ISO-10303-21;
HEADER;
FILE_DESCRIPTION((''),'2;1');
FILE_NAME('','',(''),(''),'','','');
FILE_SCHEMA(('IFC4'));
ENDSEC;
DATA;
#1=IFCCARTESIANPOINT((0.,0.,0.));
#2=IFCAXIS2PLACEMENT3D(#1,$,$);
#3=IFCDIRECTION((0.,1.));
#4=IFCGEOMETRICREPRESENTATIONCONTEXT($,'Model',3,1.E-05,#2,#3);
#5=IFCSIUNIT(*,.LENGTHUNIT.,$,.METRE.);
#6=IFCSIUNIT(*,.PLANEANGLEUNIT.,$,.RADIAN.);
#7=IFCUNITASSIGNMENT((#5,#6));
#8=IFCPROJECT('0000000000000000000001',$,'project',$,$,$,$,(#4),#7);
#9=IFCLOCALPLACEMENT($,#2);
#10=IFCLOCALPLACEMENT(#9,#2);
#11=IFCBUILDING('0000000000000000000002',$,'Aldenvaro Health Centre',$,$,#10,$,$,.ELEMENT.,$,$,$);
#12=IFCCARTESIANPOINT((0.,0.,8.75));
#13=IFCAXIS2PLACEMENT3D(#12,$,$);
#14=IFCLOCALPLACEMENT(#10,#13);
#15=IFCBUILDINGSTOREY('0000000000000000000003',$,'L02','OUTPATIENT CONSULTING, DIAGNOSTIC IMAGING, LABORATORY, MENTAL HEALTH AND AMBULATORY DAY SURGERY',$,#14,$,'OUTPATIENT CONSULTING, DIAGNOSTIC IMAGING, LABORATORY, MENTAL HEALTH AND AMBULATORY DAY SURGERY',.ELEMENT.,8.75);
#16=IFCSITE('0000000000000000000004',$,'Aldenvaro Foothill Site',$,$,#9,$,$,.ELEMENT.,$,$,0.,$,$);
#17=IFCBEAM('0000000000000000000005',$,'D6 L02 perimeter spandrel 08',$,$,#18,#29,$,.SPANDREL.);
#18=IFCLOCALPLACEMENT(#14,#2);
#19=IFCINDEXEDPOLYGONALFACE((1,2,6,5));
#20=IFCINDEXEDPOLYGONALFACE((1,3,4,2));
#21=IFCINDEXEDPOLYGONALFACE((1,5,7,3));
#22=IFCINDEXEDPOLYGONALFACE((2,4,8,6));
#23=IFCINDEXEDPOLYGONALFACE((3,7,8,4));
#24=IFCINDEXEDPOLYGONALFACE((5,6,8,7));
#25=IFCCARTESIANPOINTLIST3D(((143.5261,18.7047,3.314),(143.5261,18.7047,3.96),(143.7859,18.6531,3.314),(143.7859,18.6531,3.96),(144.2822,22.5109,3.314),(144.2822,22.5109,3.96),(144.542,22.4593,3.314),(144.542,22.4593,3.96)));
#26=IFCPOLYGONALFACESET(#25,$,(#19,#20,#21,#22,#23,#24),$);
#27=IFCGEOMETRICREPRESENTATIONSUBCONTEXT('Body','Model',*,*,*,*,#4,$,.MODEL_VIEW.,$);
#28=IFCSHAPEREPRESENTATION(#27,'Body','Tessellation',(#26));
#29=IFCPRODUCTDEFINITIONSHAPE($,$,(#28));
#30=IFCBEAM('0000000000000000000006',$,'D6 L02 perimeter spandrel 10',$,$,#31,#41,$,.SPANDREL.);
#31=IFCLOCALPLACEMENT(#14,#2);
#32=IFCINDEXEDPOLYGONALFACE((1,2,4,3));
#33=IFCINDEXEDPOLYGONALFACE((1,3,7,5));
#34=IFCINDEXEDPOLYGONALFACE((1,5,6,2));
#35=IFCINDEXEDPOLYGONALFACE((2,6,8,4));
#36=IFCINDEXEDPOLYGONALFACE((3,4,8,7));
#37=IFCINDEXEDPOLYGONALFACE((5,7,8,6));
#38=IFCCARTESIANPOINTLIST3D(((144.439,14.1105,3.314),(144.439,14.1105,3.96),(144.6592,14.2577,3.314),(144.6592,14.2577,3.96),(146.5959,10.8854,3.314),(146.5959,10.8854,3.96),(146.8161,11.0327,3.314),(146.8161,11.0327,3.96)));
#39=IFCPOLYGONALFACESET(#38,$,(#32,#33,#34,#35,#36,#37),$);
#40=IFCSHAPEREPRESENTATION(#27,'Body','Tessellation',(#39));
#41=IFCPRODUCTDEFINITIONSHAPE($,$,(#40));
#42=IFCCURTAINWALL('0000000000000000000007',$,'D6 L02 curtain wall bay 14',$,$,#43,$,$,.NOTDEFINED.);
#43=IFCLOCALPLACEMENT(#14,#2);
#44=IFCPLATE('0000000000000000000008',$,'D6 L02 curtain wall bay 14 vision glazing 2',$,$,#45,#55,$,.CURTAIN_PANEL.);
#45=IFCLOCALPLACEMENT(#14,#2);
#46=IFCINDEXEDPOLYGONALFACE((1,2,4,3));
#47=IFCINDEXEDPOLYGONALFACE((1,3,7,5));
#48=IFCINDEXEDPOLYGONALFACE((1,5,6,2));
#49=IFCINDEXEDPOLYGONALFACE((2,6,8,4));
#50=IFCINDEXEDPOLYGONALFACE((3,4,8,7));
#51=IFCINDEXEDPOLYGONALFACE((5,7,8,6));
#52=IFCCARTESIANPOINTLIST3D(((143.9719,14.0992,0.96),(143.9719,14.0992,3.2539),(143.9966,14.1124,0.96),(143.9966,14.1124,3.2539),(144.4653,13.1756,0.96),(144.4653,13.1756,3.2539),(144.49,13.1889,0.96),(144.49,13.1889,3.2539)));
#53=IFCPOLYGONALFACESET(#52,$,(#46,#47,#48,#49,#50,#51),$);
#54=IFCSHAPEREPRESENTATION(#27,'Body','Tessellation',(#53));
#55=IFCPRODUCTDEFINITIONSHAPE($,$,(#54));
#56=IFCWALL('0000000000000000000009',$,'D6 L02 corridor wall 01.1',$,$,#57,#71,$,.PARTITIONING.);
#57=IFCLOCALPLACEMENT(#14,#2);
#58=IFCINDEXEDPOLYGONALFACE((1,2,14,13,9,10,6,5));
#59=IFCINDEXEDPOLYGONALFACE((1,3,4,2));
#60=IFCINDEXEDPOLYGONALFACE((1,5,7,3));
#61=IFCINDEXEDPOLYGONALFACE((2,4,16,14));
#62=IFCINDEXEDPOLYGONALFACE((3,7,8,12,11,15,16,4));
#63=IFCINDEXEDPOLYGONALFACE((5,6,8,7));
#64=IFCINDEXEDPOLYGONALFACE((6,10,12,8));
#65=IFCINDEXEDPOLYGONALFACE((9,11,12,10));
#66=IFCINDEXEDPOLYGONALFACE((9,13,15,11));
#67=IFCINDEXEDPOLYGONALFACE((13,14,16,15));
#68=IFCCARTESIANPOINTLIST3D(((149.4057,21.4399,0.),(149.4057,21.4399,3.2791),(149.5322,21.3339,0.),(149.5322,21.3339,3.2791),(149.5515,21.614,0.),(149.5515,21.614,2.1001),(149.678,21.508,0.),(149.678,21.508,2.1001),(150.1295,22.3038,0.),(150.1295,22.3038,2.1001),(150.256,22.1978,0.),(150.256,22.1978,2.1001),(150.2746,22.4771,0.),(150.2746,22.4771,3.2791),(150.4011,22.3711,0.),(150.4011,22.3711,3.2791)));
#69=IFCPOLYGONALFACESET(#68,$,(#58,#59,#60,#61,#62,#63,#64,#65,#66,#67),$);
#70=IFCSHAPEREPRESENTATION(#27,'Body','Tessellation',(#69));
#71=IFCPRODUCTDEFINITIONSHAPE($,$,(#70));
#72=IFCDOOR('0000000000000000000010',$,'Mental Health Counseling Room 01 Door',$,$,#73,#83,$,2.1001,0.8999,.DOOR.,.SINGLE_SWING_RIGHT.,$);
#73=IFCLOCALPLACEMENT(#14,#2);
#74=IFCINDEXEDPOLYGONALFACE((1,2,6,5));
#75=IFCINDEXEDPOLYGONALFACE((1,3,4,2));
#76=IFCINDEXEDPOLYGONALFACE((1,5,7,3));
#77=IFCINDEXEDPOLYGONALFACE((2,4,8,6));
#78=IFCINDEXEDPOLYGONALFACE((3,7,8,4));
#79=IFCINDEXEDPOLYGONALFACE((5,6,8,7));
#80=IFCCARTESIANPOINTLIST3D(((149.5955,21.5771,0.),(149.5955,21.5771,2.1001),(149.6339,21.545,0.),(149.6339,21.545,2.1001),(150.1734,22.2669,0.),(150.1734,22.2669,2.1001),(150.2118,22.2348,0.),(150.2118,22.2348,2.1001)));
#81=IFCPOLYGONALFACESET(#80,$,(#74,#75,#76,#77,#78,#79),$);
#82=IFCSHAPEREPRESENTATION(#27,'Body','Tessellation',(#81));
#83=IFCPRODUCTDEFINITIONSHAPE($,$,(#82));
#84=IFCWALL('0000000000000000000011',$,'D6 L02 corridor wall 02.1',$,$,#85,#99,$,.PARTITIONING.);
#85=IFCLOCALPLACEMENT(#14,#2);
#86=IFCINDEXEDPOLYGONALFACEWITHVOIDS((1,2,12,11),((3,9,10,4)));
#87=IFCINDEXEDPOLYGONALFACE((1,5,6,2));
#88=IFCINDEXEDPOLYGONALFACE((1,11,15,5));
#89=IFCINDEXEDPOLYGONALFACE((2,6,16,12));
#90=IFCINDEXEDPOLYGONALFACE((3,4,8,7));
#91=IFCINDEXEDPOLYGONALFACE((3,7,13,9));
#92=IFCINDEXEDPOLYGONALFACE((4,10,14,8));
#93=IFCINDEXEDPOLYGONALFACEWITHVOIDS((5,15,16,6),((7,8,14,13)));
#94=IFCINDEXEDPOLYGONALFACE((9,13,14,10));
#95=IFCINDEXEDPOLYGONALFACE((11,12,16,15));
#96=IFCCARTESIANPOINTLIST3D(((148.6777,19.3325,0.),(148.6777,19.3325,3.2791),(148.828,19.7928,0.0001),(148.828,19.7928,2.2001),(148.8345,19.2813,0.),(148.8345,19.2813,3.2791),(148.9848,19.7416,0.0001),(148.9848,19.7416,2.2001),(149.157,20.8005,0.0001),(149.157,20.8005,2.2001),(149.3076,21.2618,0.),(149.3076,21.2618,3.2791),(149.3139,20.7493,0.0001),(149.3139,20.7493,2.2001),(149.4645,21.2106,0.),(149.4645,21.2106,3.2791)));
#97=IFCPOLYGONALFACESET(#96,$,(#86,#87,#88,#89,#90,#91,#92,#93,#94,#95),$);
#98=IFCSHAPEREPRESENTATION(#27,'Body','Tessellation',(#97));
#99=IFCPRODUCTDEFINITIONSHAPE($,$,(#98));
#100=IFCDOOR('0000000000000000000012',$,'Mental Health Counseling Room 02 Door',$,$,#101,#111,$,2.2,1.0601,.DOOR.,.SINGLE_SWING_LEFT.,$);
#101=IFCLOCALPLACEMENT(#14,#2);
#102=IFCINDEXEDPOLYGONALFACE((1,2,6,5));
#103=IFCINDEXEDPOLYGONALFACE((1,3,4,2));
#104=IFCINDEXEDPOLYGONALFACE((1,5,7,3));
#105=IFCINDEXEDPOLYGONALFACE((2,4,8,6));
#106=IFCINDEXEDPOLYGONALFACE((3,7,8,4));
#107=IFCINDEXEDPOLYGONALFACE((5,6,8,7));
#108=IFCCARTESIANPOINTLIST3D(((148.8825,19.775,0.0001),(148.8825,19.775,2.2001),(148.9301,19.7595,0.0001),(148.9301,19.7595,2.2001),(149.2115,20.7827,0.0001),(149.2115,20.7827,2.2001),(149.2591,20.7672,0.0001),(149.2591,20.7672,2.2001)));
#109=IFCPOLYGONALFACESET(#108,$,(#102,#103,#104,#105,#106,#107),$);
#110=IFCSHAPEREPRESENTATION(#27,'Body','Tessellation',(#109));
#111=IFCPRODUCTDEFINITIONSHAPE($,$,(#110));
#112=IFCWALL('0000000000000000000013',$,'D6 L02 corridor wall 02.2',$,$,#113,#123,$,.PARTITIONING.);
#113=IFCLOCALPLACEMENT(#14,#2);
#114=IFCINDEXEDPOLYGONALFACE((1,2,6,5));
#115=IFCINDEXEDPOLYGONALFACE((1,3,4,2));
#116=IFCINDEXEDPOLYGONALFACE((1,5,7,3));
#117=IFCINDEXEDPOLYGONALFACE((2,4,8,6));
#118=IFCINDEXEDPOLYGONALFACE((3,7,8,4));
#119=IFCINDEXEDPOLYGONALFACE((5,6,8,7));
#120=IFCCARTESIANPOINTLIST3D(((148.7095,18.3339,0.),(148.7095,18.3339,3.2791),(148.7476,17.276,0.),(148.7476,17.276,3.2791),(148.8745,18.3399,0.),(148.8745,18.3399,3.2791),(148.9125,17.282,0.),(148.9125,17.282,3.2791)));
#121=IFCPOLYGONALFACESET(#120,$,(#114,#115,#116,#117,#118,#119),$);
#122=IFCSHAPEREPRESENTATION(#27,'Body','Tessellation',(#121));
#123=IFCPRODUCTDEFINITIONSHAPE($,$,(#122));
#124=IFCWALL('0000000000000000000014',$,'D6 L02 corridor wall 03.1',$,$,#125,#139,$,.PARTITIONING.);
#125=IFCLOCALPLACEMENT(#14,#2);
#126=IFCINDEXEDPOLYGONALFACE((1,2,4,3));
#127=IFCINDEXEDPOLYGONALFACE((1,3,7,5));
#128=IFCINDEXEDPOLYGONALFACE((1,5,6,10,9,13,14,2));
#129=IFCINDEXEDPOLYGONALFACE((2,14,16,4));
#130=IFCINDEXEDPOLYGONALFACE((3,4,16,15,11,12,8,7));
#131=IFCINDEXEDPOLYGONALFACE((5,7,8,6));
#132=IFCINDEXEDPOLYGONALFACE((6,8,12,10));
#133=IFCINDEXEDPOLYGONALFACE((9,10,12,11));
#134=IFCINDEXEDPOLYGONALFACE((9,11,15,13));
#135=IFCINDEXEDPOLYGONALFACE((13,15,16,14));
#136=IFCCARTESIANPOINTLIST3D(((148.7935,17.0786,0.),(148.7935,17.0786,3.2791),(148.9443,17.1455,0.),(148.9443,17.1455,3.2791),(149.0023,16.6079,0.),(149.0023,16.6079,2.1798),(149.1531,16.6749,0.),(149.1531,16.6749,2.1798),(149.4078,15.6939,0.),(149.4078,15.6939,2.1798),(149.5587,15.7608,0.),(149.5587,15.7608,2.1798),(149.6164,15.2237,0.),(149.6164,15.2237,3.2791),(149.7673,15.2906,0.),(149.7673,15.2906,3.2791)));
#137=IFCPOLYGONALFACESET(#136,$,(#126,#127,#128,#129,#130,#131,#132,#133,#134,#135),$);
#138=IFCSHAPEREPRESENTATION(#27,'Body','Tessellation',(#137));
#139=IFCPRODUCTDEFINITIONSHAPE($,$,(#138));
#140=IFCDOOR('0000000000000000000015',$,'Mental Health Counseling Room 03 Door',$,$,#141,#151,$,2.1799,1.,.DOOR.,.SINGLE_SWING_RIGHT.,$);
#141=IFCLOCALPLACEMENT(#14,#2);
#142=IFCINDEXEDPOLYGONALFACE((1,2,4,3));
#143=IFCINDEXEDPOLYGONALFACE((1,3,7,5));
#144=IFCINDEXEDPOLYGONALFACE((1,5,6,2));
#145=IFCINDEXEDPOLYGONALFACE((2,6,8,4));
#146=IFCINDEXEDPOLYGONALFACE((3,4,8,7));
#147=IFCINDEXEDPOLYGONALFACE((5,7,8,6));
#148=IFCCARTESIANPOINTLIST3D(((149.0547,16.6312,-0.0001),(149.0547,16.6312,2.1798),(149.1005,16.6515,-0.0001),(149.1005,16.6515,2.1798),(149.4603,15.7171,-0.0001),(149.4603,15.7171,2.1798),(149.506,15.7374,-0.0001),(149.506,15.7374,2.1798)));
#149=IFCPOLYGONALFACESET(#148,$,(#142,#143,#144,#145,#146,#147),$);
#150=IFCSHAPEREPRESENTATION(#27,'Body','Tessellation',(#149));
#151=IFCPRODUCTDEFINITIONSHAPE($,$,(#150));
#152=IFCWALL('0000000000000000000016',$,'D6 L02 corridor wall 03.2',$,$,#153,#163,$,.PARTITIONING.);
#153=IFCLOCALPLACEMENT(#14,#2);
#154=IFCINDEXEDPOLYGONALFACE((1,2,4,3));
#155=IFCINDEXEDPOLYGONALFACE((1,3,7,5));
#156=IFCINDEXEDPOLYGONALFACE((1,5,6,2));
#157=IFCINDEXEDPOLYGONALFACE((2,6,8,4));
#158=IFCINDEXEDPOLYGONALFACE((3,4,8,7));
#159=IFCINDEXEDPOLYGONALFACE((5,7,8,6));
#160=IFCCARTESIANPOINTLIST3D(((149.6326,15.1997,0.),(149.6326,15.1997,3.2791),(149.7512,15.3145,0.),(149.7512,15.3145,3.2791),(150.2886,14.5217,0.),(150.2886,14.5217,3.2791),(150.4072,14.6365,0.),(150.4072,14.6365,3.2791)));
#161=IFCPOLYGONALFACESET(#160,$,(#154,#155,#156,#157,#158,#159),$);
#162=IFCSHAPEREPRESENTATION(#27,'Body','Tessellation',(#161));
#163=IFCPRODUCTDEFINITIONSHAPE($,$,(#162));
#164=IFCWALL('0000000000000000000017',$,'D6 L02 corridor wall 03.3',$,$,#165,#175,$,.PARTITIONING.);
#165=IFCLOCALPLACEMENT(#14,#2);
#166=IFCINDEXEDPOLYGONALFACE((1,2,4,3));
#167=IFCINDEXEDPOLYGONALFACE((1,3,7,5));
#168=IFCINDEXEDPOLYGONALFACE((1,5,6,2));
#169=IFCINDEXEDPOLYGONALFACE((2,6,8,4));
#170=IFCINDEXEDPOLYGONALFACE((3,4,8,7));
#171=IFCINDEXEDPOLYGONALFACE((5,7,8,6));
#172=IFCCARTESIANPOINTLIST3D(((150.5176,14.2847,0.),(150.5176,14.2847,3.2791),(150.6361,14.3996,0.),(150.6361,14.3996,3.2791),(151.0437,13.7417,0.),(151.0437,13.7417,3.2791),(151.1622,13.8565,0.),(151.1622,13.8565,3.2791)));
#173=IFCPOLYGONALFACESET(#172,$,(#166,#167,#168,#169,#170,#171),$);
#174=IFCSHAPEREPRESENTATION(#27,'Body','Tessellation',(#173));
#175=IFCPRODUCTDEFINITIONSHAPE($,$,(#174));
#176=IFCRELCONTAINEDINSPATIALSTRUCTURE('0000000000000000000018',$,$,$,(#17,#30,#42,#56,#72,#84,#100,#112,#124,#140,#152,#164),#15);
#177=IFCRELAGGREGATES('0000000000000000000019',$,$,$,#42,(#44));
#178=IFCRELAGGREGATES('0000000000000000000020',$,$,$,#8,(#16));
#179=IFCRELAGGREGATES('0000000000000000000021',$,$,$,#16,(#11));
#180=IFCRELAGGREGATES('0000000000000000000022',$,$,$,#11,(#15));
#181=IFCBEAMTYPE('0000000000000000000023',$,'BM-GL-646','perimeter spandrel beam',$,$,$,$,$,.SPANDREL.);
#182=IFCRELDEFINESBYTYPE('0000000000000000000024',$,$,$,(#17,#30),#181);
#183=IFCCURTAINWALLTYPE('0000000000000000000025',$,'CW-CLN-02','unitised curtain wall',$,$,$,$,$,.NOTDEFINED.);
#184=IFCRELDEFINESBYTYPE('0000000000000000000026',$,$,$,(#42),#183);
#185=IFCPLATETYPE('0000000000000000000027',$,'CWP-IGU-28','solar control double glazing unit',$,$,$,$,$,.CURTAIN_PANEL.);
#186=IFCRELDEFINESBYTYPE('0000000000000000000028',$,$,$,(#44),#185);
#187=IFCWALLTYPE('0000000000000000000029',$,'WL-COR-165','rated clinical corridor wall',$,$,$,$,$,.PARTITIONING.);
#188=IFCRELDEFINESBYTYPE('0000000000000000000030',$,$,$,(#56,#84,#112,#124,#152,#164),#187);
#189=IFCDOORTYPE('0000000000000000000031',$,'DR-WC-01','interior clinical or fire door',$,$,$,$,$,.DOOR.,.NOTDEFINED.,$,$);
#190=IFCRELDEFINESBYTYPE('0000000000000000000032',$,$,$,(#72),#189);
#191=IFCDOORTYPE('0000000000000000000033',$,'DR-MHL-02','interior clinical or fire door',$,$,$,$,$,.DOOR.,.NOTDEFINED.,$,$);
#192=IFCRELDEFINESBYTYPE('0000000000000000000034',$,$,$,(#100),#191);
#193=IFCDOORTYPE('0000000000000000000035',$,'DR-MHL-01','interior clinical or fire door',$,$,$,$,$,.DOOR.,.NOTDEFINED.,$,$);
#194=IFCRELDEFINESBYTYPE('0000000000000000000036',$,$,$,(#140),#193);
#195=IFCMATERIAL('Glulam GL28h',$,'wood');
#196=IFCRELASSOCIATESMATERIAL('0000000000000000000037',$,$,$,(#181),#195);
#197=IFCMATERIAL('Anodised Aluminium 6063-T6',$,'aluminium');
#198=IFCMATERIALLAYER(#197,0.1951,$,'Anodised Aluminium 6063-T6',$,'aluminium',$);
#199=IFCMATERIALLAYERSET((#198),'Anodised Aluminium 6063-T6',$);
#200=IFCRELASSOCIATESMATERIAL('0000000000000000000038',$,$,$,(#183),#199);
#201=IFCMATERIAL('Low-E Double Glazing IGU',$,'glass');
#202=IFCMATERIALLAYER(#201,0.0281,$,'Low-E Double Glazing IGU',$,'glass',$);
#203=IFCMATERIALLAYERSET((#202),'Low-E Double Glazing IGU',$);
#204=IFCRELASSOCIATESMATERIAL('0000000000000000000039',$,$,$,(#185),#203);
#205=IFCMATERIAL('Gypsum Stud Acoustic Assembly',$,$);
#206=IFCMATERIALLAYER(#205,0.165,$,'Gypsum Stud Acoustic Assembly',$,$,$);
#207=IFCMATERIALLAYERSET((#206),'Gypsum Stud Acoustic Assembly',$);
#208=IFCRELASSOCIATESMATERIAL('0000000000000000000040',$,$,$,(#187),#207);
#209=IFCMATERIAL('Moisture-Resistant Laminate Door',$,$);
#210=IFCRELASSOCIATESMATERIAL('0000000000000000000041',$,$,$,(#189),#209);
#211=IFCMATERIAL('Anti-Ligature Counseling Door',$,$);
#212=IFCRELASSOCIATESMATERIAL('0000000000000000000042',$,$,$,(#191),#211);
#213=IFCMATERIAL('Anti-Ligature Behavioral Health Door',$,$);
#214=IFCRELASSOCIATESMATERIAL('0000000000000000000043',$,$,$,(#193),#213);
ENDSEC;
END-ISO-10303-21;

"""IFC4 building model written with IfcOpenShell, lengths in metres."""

from ifc_helpers import new_model, si_unit, direction, frame, frame_2d, origin, origin_2d, place, context, subcontext, project, spatial, rectangle, extrude, material, layer, layer_set, material_profile, profile_set, type_object, element, fill, aggregate, save


model = new_model("IFC4")

# Units and contexts
model_context = context("Model", 3, precision=1e-05, world=origin(), true_north=direction((0.0, 1.0)))
body_context = subcontext(model_context, "Body", "Model", "MODEL_VIEW")
ifc_project = project(units=[si_unit("LENGTHUNIT", "METRE"), si_unit("PLANEANGLEUNIT", "RADIAN")], contexts=[model_context])

# Site, building, storey
site_placement = place(None, origin())
site = spatial("IfcSite", under=ifc_project, at=site_placement, Name="Aldenvaro Foothill Site", CompositionType="ELEMENT", RefElevation=0.0)
building_placement = place(site_placement, origin())
building = spatial("IfcBuilding", under=site, at=building_placement, Name="Aldenvaro Health Centre", CompositionType="ELEMENT")
storey_placement = place(building_placement, frame((0.0, 0.0, 8.75)))
storey = spatial("IfcBuildingStorey", under=building, at=storey_placement, Name="L02", Description="OUTPATIENT CONSULTING, DIAGNOSTIC IMAGING, LABORATORY, MENTAL HEALTH AND AMBULATORY DAY SURGERY", LongName="OUTPATIENT CONSULTING, DIAGNOSTIC IMAGING, LABORATORY, MENTAL HEALTH AND AMBULATORY DAY SURGERY", CompositionType="ELEMENT", Elevation=8.75)

# Shared definitions
ifc_material_1 = material(Name="Glulam GL28h", Category="wood")

# Beams
ifc_material_profile_1 = material_profile(ifc_material_1, rectangle(XDim=0.2649, YDim=0.646, at=origin_2d()), Name="GL 265x646", Category="wood")
ifc_profile_set_1 = profile_set([ifc_material_profile_1], Name="Glulam GL28h")
beam_type_1 = type_object("IfcBeamType", Name="BM-GL-646", Description="perimeter spandrel beam", PredefinedType="SPANDREL", material=ifc_profile_set_1)
beam_1_placement = place(storey_placement, frame((144.4121, 22.4851, 3.637), z_axis=(-0.194846, -0.980834, 0.0), x_axis=(0.980834, -0.194846, 0.0)))
element("IfcBeam", 1, at=beam_1_placement, inside=storey, type_object=beam_type_1, Name="D6 L02 perimeter spandrel 08", PredefinedType="SPANDREL", context=body_context, shape_type="SweptSolid", body=[
    extrude(rectangle(XDim=0.2649, YDim=0.646, at=origin_2d()), origin(), (0.0, 0.0, 1.0), 3.8806),
])
beam_2_placement = place(storey_placement, frame((144.5491, 14.1841, 3.637), z_axis=(0.555934, -0.831227, 0.0), x_axis=(0.831227, 0.555934, 0.0)))
element("IfcBeam", 2, at=beam_2_placement, inside=storey, type_object=beam_type_1, Name="D6 L02 perimeter spandrel 10", PredefinedType="SPANDREL", context=body_context, shape_type="SweptSolid", body=[
    extrude(rectangle(XDim=0.2649, YDim=0.646, at=origin_2d()), origin(), (0.0, 0.0, 1.0), 3.8799),
])

# Curtain wall, plate
ifc_material_2 = material(Name="Anodised Aluminium 6063-T6", Category="aluminium")
ifc_layer_1 = layer(ifc_material_2, 0.1951, Name="Anodised Aluminium 6063-T6", Category="aluminium")
ifc_layer_set_1 = layer_set([ifc_layer_1], Name="Anodised Aluminium 6063-T6")
curtain_wall_type = type_object("IfcCurtainWallType", Name="CW-CLN-02", Description="unitised curtain wall", PredefinedType="NOTDEFINED", material=ifc_layer_set_1)
curtain_wall_placement = place(storey_placement, origin())
curtain_wall = element("IfcCurtainWall", 3, at=curtain_wall_placement, inside=storey, type_object=curtain_wall_type, Name="D6 L02 curtain wall bay 14", PredefinedType="NOTDEFINED")
ifc_material_3 = material(Name="Low-E Double Glazing IGU", Category="glass")
ifc_layer_2 = layer(ifc_material_3, 0.0281, Name="Low-E Double Glazing IGU", Category="glass")
ifc_layer_set_2 = layer_set([ifc_layer_2], Name="Low-E Double Glazing IGU")
plate_type = type_object("IfcPlateType", Name="CWP-IGU-28", Description="solar control double glazing unit", PredefinedType="CURTAIN_PANEL", material=ifc_layer_set_2)
plate_placement = place(storey_placement, frame((144.231, 13.644, 0.96), z_axis=(0.0, 0.0, 1.0), x_axis=(-0.471215, 0.882018, 0.0)))
plate = element("IfcPlate", 4, at=plate_placement, type_object=plate_type, Name="D6 L02 curtain wall bay 14 vision glazing 2", PredefinedType="CURTAIN_PANEL", context=body_context, shape_type="SweptSolid", body=[
    extrude(rectangle(XDim=1.0471, YDim=0.0281, at=origin_2d()), origin(), (0.0, 0.0, 1.0), 2.2939),
])
aggregate(curtain_wall, [plate])

# Walls, openings, doors
ifc_material_4 = material(Name="Gypsum Stud Acoustic Assembly")
ifc_layer_3 = layer(ifc_material_4, 0.165, Name="Gypsum Stud Acoustic Assembly")
ifc_layer_set_3 = layer_set([ifc_layer_3], Name="Gypsum Stud Acoustic Assembly")
wall_type_1 = type_object("IfcWallType", Name="WL-COR-165", Description="rated clinical corridor wall", PredefinedType="PARTITIONING", material=ifc_layer_set_3)
wall_1_placement = place(storey_placement, frame((150.3379, 22.4241, 0.0), z_axis=(0.0, 0.0, 1.0), x_axis=(-0.642206, -0.766532, 0.0)))
wall_1 = element("IfcWall", 5, at=wall_1_placement, inside=storey, type_object=wall_type_1, Name="D6 L02 corridor wall 01.1", PredefinedType="PARTITIONING", context=body_context, shape_type="SweptSolid", body=[
    extrude(rectangle(XDim=1.353, YDim=0.165, at=frame_2d((0.6765, 0.0))), origin(), (0.0, 0.0, 1.0), 3.2791),
])
opening_1_placement = place(wall_1_placement, frame((0.2261, 0.0, 0.0)))
opening_1 = element("IfcOpeningElement", 6, at=opening_1_placement, cuts=wall_1, PredefinedType="OPENING", context=body_context, shape_type="SweptSolid", body=[
    extrude(rectangle(XDim=0.8999, YDim=2.1001, at=frame_2d((0.45, 1.05))), frame((0.0, 0.0925, 0.0), z_axis=(0.0, -1.0, 0.0), x_axis=(1.0, 0.0, 0.0)), (0.0, 0.0, 1.0), 0.1851),
])
ifc_material_5 = material(Name="Moisture-Resistant Laminate Door")
door_type_1 = type_object("IfcDoorType", Name="DR-WC-01", Description="interior clinical or fire door", OperationType="NOTDEFINED", PredefinedType="DOOR", material=ifc_material_5)
door_1_placement = place(opening_1_placement, origin())
door_1 = element("IfcDoor", 7, at=door_1_placement, inside=storey, type_object=door_type_1, Name="Mental Health Counseling Room 01 Door", OperationType="SINGLE_SWING_RIGHT", OverallHeight=2.1001, OverallWidth=0.8999, PredefinedType="DOOR", context=body_context, shape_type="SweptSolid", body=[
    extrude(rectangle(XDim=0.8999, YDim=2.1001, at=frame_2d((0.45, 1.05))), frame((0.0, 0.0249, 0.0), z_axis=(0.0, -1.0, 0.0), x_axis=(1.0, 0.0, 0.0)), (0.0, 0.0, 1.0), 0.05),
])
fill(opening_1, door_1)
wall_2_placement = place(storey_placement, frame((149.386, 21.2361, 0.0), z_axis=(0.0, 0.0, 1.0), x_axis=(-0.310375, -0.950614, 0.0)))
wall_2 = element("IfcWall", 8, at=wall_2_placement, inside=storey, type_object=wall_type_1, Name="D6 L02 corridor wall 02.1", PredefinedType="PARTITIONING", context=body_context, shape_type="SweptSolid", body=[
    extrude(rectangle(XDim=2.0295, YDim=0.165, at=frame_2d((1.0146, 0.0))), origin(), (0.0, 0.0, 1.0), 3.2791),
])
opening_2_placement = place(wall_2_placement, frame((0.4851, 0.0, 0.0)))
opening_2 = element("IfcOpeningElement", 9, at=opening_2_placement, cuts=wall_2, PredefinedType="OPENING", context=body_context, shape_type="SweptSolid", body=[
    extrude(rectangle(XDim=1.0601, YDim=2.2, at=frame_2d((0.53, 1.1001))), frame((0.0, 0.0925, 0.0), z_axis=(0.0, -1.0, 0.0), x_axis=(1.0, 0.0, 0.0)), (0.0, 0.0, 1.0), 0.1851),
])
ifc_material_6 = material(Name="Anti-Ligature Counseling Door")
door_type_2 = type_object("IfcDoorType", Name="DR-MHL-02", Description="interior clinical or fire door", OperationType="NOTDEFINED", PredefinedType="DOOR", material=ifc_material_6)
door_2_placement = place(opening_2_placement, origin())
door_2 = element("IfcDoor", 10, at=door_2_placement, inside=storey, type_object=door_type_2, Name="Mental Health Counseling Room 02 Door", OperationType="SINGLE_SWING_LEFT", OverallHeight=2.2, OverallWidth=1.0601, PredefinedType="DOOR", context=body_context, shape_type="SweptSolid", body=[
    extrude(rectangle(XDim=1.0601, YDim=2.2, at=frame_2d((0.53, 1.1001))), frame((0.0, 0.0249, 0.0), z_axis=(0.0, -1.0, 0.0), x_axis=(1.0, 0.0, 0.0)), (0.0, 0.0, 1.0), 0.05),
])
fill(opening_2, door_2)

# Wall
wall_3_placement = place(storey_placement, frame((148.792, 18.3369, 0.0), z_axis=(0.0, 0.0, 1.0), x_axis=(0.035979, -0.999353, 0.0)))
element("IfcWall", 11, at=wall_3_placement, inside=storey, type_object=wall_type_1, Name="D6 L02 corridor wall 02.2", PredefinedType="PARTITIONING", context=body_context, shape_type="SweptSolid", body=[
    extrude(rectangle(XDim=1.0586, YDim=0.165, at=frame_2d((0.5293, 0.0))), origin(), (0.0, 0.0, 1.0), 3.2791),
])

# Wall, opening, door
wall_4_placement = place(storey_placement, frame((148.8689, 17.1121, 0.0), z_axis=(0.0, 0.0, 1.0), x_axis=(0.405547, -0.914074, 0.0)))
wall_4 = element("IfcWall", 12, at=wall_4_placement, inside=storey, type_object=wall_type_1, Name="D6 L02 corridor wall 03.1", PredefinedType="PARTITIONING", context=body_context, shape_type="SweptSolid", body=[
    extrude(rectangle(XDim=2.0293, YDim=0.165, at=frame_2d((1.0146, 0.0))), origin(), (0.0, 0.0, 1.0), 3.2791),
])
opening_3_placement = place(wall_4_placement, frame((0.5149, 0.0, 0.0)))
opening_3 = element("IfcOpeningElement", 13, at=opening_3_placement, cuts=wall_4, PredefinedType="OPENING", context=body_context, shape_type="SweptSolid", body=[
    extrude(rectangle(XDim=1.0, YDim=2.1799, at=frame_2d((0.5, 1.0898))), frame((0.0, 0.0925, 0.0), z_axis=(0.0, -1.0, 0.0), x_axis=(1.0, 0.0, 0.0)), (0.0, 0.0, 1.0), 0.1851),
])
ifc_material_7 = material(Name="Anti-Ligature Behavioral Health Door")
door_type_3 = type_object("IfcDoorType", Name="DR-MHL-01", Description="interior clinical or fire door", OperationType="NOTDEFINED", PredefinedType="DOOR", material=ifc_material_7)
door_3_placement = place(opening_3_placement, origin())
door_3 = element("IfcDoor", 14, at=door_3_placement, inside=storey, type_object=door_type_3, Name="Mental Health Counseling Room 03 Door", OperationType="SINGLE_SWING_RIGHT", OverallHeight=2.1799, OverallWidth=1.0, PredefinedType="DOOR", context=body_context, shape_type="SweptSolid", body=[
    extrude(rectangle(XDim=1.0, YDim=2.1799, at=frame_2d((0.5, 1.0898))), frame((0.0, 0.0249, 0.0), z_axis=(0.0, -1.0, 0.0), x_axis=(1.0, 0.0, 0.0)), (0.0, 0.0, 1.0), 0.05),
])
fill(opening_3, door_3)

# Walls
wall_5_placement = place(storey_placement, frame((149.6919, 15.2571, 0.0), z_axis=(0.0, 0.0, 1.0), x_axis=(0.695365, -0.718656, 0.0)))
element("IfcWall", 15, at=wall_5_placement, inside=storey, type_object=wall_type_1, Name="D6 L02 corridor wall 03.2", PredefinedType="PARTITIONING", context=body_context, shape_type="SweptSolid", body=[
    extrude(rectangle(XDim=0.9434, YDim=0.165, at=frame_2d((0.4717, 0.0))), origin(), (0.0, 0.0, 1.0), 3.2791),
])
wall_6_placement = place(storey_placement, frame((150.5769, 14.342, 0.0), z_axis=(0.0, 0.0, 1.0), x_axis=(0.695879, -0.71816, 0.0)))
element("IfcWall", 16, at=wall_6_placement, inside=storey, type_object=wall_type_1, Name="D6 L02 corridor wall 03.3", PredefinedType="PARTITIONING", context=body_context, shape_type="SweptSolid", body=[
    extrude(rectangle(XDim=0.7561, YDim=0.165, at=frame_2d((0.3779, 0.0))), origin(), (0.0, 0.0, 1.0), 3.2791),
])

save(model, "model.ifc")
